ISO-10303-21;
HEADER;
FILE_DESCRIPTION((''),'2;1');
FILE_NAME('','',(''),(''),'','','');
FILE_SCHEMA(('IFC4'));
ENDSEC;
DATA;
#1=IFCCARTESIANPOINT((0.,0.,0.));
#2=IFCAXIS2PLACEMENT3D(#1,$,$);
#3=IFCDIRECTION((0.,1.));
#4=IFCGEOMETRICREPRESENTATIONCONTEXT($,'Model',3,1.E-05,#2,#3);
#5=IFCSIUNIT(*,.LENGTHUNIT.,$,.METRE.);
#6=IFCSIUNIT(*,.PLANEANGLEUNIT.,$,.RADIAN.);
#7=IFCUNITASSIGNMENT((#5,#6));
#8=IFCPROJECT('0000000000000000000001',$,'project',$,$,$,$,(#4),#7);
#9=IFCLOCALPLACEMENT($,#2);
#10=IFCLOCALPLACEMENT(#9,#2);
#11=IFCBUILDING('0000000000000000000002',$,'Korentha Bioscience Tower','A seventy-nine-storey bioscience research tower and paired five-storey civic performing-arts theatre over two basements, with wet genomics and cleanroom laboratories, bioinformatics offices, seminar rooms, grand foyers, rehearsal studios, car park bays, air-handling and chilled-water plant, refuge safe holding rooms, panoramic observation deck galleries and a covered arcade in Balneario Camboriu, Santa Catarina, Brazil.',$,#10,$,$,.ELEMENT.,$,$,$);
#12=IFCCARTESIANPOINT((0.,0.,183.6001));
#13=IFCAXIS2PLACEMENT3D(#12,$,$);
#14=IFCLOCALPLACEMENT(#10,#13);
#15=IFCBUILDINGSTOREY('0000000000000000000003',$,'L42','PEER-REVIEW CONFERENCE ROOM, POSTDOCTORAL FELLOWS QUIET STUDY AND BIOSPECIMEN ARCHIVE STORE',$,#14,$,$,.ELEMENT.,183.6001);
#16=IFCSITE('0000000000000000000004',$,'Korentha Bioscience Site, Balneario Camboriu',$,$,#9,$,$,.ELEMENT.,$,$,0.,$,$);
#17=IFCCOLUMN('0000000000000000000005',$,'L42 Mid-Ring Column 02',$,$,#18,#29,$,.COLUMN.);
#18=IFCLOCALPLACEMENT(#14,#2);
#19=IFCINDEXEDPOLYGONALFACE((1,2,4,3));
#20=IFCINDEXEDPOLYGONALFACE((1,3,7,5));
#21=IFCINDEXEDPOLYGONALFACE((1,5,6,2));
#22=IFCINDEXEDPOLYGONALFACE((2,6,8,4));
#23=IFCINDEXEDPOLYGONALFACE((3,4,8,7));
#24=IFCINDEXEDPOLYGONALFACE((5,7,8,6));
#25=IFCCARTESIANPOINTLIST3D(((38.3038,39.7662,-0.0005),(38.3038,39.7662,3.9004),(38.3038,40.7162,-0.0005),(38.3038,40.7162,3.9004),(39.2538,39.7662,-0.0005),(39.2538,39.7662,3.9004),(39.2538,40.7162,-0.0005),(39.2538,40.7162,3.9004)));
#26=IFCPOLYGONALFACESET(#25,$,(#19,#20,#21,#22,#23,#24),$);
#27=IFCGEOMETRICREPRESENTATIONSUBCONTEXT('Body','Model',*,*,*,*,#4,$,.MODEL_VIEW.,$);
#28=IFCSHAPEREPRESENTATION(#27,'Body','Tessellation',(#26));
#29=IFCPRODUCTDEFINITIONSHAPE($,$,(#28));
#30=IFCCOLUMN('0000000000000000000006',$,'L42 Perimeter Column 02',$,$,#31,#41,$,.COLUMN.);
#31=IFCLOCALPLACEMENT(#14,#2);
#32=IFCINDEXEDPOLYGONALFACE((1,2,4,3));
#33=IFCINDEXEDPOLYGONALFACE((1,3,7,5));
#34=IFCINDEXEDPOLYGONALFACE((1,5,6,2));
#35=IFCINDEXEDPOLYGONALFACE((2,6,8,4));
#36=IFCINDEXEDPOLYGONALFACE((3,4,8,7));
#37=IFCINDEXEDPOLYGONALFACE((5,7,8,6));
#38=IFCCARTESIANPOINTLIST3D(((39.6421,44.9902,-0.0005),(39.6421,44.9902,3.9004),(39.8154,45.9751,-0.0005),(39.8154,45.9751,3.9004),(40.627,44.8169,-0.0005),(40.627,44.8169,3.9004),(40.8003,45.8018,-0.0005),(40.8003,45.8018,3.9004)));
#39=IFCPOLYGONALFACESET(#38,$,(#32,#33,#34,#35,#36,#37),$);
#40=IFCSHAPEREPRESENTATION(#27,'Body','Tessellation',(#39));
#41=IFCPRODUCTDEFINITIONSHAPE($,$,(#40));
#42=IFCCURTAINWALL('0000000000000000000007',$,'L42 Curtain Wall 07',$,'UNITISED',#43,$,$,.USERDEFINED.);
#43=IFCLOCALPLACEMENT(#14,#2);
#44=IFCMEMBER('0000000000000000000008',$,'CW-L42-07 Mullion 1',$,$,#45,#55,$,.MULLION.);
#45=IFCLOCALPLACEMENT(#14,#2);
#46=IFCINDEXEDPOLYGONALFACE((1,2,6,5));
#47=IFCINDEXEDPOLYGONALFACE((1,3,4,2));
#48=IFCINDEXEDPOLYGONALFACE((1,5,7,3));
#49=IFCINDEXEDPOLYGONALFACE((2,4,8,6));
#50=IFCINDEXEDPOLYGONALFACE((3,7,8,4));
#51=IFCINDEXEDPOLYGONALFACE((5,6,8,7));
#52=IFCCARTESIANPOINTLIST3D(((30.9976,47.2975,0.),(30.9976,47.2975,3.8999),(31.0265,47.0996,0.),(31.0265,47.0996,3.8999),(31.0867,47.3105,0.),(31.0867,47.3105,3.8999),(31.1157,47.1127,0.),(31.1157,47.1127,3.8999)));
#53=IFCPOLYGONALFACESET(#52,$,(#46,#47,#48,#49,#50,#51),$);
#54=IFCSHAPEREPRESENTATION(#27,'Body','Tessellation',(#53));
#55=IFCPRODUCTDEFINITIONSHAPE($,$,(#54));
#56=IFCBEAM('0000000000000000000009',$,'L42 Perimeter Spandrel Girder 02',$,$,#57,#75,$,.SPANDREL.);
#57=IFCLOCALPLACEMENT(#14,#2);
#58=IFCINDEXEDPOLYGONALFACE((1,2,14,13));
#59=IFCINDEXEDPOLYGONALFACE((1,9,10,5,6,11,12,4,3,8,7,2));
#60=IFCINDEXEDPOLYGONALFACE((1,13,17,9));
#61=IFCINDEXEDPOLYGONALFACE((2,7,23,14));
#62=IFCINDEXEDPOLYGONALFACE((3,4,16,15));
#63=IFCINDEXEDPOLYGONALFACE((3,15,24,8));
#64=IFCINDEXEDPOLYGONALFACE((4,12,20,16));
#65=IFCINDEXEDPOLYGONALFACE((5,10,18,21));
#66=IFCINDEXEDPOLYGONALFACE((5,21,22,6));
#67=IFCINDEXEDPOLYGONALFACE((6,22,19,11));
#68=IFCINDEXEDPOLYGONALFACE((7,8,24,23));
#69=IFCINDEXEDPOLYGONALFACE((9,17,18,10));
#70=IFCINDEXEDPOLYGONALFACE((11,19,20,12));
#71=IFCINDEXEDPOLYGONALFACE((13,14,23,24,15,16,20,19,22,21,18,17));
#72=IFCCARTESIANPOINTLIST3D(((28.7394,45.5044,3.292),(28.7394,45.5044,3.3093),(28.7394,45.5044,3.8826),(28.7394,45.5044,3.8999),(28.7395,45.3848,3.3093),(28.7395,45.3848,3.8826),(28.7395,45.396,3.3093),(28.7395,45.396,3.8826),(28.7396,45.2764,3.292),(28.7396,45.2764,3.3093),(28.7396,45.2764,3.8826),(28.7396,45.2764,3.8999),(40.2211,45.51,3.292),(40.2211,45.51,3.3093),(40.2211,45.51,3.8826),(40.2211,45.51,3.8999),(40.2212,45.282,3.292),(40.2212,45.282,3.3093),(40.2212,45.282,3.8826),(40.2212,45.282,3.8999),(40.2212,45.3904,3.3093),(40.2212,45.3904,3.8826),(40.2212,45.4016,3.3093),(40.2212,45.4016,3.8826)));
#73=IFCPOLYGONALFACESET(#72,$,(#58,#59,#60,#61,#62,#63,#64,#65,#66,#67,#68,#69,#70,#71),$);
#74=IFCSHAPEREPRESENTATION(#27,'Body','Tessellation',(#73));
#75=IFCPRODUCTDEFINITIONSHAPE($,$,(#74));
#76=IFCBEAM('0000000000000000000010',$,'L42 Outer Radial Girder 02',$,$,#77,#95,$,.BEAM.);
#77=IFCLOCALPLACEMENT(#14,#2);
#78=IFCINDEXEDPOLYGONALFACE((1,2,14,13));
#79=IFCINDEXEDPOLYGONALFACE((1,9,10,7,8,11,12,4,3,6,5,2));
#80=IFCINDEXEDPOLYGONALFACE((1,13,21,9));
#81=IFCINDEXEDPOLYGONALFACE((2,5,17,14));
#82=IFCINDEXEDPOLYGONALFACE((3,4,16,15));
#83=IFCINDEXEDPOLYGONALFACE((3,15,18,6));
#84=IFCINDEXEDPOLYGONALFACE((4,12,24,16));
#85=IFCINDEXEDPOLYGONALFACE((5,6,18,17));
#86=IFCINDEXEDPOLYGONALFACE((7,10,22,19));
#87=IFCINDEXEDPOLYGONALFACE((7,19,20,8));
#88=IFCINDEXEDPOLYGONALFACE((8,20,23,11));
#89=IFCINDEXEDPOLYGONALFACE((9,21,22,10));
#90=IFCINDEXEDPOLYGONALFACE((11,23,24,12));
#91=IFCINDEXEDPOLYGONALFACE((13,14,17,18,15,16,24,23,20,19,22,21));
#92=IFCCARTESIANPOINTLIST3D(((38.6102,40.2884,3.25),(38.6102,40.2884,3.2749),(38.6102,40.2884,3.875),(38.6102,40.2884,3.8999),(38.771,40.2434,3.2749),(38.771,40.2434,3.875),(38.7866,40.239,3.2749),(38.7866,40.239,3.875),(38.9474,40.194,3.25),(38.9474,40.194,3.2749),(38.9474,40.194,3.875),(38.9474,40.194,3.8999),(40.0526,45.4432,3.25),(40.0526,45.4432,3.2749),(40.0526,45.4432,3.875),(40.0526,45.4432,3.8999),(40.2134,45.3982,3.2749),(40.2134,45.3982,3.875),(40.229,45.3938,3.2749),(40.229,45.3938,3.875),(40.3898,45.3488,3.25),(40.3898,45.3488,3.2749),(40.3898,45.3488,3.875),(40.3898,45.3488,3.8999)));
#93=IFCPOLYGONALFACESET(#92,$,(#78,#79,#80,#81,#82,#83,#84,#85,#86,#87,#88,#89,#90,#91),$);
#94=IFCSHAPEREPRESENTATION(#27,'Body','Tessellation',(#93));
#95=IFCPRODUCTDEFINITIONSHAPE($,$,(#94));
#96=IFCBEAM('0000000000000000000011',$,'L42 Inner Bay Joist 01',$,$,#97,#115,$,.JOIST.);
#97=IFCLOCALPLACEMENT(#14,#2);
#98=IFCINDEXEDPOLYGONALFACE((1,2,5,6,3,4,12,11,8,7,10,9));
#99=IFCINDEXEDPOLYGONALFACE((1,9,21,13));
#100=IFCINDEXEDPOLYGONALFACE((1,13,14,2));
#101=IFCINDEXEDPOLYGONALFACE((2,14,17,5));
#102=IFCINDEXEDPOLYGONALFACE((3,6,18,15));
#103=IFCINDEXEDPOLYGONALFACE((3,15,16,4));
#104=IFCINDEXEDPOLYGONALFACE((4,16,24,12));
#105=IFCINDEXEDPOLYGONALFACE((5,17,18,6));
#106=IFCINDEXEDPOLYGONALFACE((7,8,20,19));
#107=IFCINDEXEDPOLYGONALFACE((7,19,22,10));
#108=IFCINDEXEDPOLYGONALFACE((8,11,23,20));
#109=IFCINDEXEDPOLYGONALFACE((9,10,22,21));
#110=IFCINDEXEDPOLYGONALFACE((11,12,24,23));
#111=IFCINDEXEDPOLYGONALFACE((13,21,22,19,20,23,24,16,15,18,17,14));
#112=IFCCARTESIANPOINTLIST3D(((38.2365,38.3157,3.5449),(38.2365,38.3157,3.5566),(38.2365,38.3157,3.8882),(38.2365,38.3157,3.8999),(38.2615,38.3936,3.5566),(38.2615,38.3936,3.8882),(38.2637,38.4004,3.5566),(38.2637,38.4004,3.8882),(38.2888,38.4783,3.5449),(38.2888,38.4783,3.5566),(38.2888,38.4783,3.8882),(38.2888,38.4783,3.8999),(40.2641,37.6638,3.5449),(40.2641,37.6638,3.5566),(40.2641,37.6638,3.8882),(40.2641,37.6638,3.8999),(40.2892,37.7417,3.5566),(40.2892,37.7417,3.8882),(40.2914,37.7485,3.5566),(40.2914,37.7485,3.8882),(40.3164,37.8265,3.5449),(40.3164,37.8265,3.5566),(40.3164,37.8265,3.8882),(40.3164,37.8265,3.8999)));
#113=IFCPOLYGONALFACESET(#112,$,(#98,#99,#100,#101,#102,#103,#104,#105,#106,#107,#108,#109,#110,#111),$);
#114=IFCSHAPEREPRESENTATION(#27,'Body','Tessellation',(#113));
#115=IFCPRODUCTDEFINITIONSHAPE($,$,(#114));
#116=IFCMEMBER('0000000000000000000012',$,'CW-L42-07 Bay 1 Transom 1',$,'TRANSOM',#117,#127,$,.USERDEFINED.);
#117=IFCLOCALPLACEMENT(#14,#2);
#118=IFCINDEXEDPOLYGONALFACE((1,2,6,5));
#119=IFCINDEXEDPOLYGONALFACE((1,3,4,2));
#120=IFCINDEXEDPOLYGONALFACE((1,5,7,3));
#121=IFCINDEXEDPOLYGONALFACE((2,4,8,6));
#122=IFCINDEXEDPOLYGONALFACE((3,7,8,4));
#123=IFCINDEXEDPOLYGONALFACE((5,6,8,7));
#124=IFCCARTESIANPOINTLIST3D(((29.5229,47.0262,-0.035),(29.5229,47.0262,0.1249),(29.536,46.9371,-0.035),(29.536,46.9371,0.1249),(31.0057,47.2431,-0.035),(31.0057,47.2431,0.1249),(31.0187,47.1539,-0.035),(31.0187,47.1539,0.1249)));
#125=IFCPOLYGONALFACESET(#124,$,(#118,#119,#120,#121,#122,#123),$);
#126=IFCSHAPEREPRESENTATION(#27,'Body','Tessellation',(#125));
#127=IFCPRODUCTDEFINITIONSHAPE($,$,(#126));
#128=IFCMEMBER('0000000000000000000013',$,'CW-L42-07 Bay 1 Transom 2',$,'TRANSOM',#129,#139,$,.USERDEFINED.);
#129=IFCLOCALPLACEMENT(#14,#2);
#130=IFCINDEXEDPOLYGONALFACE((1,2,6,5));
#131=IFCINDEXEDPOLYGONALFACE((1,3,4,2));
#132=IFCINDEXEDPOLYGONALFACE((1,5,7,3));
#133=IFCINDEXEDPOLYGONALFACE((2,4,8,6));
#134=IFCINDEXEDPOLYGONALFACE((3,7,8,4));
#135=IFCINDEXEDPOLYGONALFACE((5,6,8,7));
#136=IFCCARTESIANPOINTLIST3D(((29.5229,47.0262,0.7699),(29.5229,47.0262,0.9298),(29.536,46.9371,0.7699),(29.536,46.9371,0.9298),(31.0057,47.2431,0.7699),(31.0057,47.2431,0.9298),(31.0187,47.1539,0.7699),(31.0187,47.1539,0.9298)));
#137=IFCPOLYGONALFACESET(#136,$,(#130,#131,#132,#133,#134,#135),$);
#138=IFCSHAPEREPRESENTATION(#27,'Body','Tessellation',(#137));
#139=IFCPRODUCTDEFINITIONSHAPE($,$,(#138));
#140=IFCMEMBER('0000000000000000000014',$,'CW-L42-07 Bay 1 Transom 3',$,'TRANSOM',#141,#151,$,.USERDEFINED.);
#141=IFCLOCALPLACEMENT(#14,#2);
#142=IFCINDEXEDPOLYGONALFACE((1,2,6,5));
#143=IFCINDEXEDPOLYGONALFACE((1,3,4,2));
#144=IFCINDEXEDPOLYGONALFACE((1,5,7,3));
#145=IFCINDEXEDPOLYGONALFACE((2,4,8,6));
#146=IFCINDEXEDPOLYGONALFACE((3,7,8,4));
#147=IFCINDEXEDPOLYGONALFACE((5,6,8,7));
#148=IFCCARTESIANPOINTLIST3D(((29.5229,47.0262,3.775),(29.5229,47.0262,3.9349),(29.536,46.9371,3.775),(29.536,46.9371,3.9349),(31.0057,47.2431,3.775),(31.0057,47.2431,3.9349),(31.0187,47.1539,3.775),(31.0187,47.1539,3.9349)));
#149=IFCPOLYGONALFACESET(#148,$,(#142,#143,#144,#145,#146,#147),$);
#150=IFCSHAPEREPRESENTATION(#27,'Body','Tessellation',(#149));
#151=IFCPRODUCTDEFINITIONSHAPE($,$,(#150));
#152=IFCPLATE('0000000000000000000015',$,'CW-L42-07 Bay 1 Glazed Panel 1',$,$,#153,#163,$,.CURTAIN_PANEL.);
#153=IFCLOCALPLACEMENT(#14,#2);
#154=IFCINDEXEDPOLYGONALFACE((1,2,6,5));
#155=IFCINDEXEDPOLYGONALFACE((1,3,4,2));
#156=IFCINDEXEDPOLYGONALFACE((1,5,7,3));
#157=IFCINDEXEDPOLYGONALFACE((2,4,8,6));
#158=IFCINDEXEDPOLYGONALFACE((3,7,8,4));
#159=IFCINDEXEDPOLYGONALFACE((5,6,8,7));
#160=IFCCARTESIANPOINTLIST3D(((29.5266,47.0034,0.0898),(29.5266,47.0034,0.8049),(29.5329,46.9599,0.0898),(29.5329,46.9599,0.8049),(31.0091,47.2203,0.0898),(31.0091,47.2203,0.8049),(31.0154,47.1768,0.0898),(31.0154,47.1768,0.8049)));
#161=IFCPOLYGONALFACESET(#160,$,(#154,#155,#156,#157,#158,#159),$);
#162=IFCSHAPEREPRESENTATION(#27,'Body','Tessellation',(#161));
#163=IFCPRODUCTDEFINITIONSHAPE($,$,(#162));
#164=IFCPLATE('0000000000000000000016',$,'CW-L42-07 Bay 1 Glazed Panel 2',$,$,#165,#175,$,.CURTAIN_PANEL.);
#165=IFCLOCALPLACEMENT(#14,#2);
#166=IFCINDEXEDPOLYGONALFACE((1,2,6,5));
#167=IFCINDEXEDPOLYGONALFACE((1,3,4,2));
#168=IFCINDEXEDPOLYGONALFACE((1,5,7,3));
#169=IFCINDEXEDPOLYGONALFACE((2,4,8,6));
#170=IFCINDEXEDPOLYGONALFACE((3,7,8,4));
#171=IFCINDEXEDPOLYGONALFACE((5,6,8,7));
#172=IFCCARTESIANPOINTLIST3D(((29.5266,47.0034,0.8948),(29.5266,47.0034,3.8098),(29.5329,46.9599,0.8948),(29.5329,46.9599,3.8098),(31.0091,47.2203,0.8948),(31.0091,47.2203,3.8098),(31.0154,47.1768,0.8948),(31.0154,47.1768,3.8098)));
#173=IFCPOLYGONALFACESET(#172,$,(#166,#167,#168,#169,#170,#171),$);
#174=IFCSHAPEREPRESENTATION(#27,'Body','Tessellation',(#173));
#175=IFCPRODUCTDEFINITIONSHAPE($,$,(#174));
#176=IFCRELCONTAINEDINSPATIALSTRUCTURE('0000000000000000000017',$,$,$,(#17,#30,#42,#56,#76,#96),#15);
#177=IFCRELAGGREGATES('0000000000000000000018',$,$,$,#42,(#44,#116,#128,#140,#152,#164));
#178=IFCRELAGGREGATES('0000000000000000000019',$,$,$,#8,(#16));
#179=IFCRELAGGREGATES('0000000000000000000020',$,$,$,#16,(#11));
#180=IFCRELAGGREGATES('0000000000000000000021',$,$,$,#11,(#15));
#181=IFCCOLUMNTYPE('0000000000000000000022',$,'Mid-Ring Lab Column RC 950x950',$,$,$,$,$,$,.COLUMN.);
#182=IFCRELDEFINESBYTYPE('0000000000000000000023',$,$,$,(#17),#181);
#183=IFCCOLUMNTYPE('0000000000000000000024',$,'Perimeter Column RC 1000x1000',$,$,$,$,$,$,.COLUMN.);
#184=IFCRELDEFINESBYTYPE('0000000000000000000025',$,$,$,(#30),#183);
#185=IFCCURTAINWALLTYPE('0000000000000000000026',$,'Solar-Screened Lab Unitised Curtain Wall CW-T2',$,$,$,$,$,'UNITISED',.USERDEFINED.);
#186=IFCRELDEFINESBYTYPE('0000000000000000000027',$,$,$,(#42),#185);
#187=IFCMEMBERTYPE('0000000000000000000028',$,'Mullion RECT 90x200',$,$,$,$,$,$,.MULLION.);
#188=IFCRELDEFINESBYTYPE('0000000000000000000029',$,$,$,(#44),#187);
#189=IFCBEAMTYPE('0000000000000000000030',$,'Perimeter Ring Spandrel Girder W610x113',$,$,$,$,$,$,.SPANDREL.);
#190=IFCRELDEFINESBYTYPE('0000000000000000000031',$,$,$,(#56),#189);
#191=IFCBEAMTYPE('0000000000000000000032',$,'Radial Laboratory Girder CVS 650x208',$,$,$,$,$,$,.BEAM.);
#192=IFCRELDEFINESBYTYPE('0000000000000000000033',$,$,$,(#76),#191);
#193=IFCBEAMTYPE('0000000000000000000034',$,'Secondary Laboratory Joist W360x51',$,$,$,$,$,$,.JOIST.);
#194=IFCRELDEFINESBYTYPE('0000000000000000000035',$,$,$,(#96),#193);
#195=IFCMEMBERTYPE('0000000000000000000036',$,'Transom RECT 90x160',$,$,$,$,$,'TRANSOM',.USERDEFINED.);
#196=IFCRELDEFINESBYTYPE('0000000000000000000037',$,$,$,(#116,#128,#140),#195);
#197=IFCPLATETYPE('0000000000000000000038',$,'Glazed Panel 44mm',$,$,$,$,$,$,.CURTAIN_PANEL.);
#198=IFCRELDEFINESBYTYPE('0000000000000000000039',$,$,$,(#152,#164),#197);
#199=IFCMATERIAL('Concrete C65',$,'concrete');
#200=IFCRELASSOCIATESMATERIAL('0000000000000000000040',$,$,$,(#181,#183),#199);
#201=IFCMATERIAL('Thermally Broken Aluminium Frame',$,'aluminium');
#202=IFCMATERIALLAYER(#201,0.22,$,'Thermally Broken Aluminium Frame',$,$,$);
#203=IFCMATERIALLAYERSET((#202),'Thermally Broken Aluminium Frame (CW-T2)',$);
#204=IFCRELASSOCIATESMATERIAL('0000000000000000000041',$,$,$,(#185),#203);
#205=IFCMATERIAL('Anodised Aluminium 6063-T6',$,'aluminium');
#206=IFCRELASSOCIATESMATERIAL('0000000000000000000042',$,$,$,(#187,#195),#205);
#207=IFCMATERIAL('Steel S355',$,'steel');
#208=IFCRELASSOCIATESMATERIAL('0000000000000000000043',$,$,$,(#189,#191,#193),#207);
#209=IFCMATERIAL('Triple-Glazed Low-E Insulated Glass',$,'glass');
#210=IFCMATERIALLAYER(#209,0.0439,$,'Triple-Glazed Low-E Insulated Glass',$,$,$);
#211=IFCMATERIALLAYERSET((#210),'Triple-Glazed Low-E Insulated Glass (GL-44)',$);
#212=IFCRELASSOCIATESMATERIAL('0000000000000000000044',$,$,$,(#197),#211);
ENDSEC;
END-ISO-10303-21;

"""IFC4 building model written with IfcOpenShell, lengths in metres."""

from ifc_helpers import new_model, si_unit, direction, frame, origin, origin_2d, place, context, subcontext, project, spatial, rectangle, i_section, extrude, material, layer, layer_set, material_profile, profile_set, type_object, element, aggregate, save


model = new_model("IFC4")

# Units and contexts
model_context = context("Model", 3, precision=1e-05, world=origin(), true_north=direction((0.0, 1.0)))
body_context = subcontext(model_context, "Body", "Model", "MODEL_VIEW")
ifc_project = project(units=[si_unit("LENGTHUNIT", "METRE"), si_unit("PLANEANGLEUNIT", "RADIAN")], contexts=[model_context])

# Site, building, storey
site_placement = place(None, origin())
site = spatial("IfcSite", under=ifc_project, at=site_placement, Name="Korentha Bioscience Site, Balneario Camboriu", CompositionType="ELEMENT", RefElevation=0.0)
building_placement = place(site_placement, origin())
building = spatial("IfcBuilding", under=site, at=building_placement, Name="Korentha Bioscience Tower", Description="A seventy-nine-storey bioscience research tower and paired five-storey civic performing-arts theatre over two basements, with wet genomics and cleanroom laboratories, bioinformatics offices, seminar rooms, grand foyers, rehearsal studios, car park bays, air-handling and chilled-water plant, refuge safe holding rooms, panoramic observation deck galleries and a covered arcade in Balneario Camboriu, Santa Catarina, Brazil.", CompositionType="ELEMENT")
storey_placement = place(building_placement, frame((0.0, 0.0, 183.6001)))
storey = spatial("IfcBuildingStorey", under=building, at=storey_placement, Name="L42", Description="PEER-REVIEW CONFERENCE ROOM, POSTDOCTORAL FELLOWS QUIET STUDY AND BIOSPECIMEN ARCHIVE STORE", CompositionType="ELEMENT", Elevation=183.6001)

# Columns
ifc_material_1 = material(Name="Concrete C65", Category="concrete")
ifc_material_profile_1 = material_profile(ifc_material_1, rectangle(XDim=0.95, YDim=0.95, at=origin_2d()), Name="Concrete C65")
ifc_profile_set_1 = profile_set([ifc_material_profile_1], Name="Concrete C65 (COL-MR09)")
column_type_1 = type_object("IfcColumnType", Name="Mid-Ring Lab Column RC 950x950", PredefinedType="COLUMN", material=ifc_profile_set_1)
column_1_placement = place(storey_placement, frame((38.7788, 40.2412, -0.0005), z_axis=(0.0, 0.0, 1.0), x_axis=(1.0, 0.0, 0.0)))
element("IfcColumn", 1, at=column_1_placement, inside=storey, type_object=column_type_1, Name="L42 Mid-Ring Column 02", PredefinedType="COLUMN", context=body_context, shape_type="SweptSolid", body=[
    extrude(rectangle(XDim=0.95, YDim=0.95, at=origin_2d()), origin(), (0.0, 0.0, 1.0), 3.9009),
])
ifc_material_profile_2 = material_profile(ifc_material_1, rectangle(XDim=1.0, YDim=1.0, at=origin_2d()), Name="Concrete C65")
ifc_profile_set_2 = profile_set([ifc_material_profile_2], Name="Concrete C65 (COL-P10)")
column_type_2 = type_object("IfcColumnType", Name="Perimeter Column RC 1000x1000", PredefinedType="COLUMN", material=ifc_profile_set_2)
column_2_placement = place(storey_placement, frame((40.2212, 45.396, -0.0005), z_axis=(0.0, 0.0, 1.0), x_axis=(-0.984868, 0.173304, 0.0)))
element("IfcColumn", 2, at=column_2_placement, inside=storey, type_object=column_type_2, Name="L42 Perimeter Column 02", PredefinedType="COLUMN", context=body_context, shape_type="SweptSolid", body=[
    extrude(rectangle(XDim=1.0, YDim=1.0, at=origin_2d()), origin(), (0.0, 0.0, 1.0), 3.9009),
])

# Curtain wall, member
ifc_material_2 = material(Name="Thermally Broken Aluminium Frame", Category="aluminium")
ifc_layer_1 = layer(ifc_material_2, 0.22, Name="Thermally Broken Aluminium Frame")
ifc_layer_set_1 = layer_set([ifc_layer_1], Name="Thermally Broken Aluminium Frame (CW-T2)")
curtain_wall_type = type_object("IfcCurtainWallType", Name="Solar-Screened Lab Unitised Curtain Wall CW-T2", ElementType="UNITISED", PredefinedType="USERDEFINED", material=ifc_layer_set_1)
curtain_wall_placement = place(storey_placement, origin())
curtain_wall = element("IfcCurtainWall", 3, at=curtain_wall_placement, inside=storey, type_object=curtain_wall_type, Name="L42 Curtain Wall 07", ObjectType="UNITISED", PredefinedType="USERDEFINED")
ifc_material_3 = material(Name="Anodised Aluminium 6063-T6", Category="aluminium")
ifc_material_profile_3 = material_profile(ifc_material_3, rectangle(XDim=0.0901, YDim=0.2, at=origin_2d()), Name="Anodised Aluminium 6063-T6")
ifc_profile_set_3 = profile_set([ifc_material_profile_3], Name="Anodised Aluminium 6063-T6 (CW-MUL)")
member_type_1 = type_object("IfcMemberType", Name="Mullion RECT 90x200", PredefinedType="MULLION", material=ifc_profile_set_3)
member_1_placement = place(storey_placement, frame((31.0566, 47.2051, 0.0), z_axis=(0.0, 0.0, 1.0), x_axis=(-0.989462, -0.144793, 0.0)))
member_1 = element("IfcMember", 4, at=member_1_placement, type_object=member_type_1, Name="CW-L42-07 Mullion 1", PredefinedType="MULLION", context=body_context, shape_type="SweptSolid", body=[
    extrude(rectangle(XDim=0.0901, YDim=0.2, at=origin_2d()), origin(), (0.0, 0.0, 1.0), 3.8999),
])

# Beams
ifc_material_4 = material(Name="Steel S355", Category="steel")
ifc_material_profile_4 = material_profile(ifc_material_4, i_section(OverallWidth=0.228, OverallDepth=0.6079, WebThickness=0.0112, FlangeThickness=0.0173, at=origin_2d()), Name="Steel S355")
ifc_profile_set_4 = profile_set([ifc_material_profile_4], Name="Steel S355 (SB-610)")
beam_type_1 = type_object("IfcBeamType", Name="Perimeter Ring Spandrel Girder W610x113", PredefinedType="SPANDREL", material=ifc_profile_set_4)
beam_1_placement = place(storey_placement, frame((40.2212, 45.396, 3.5959), z_axis=(-1.0, -0.000489, 0.0), x_axis=(0.000489, -1.0, 0.0)))
element("IfcBeam", 5, at=beam_1_placement, inside=storey, type_object=beam_type_1, Name="L42 Perimeter Spandrel Girder 02", PredefinedType="SPANDREL", context=body_context, shape_type="SweptSolid", body=[
    extrude(i_section(OverallWidth=0.228, OverallDepth=0.6079, WebThickness=0.0112, FlangeThickness=0.0173, at=origin_2d()), origin(), (0.0, 0.0, 1.0), 11.4817),
])
ifc_material_profile_5 = material_profile(ifc_material_4, i_section(OverallWidth=0.3501, OverallDepth=0.6499, WebThickness=0.0161, FlangeThickness=0.0249, at=origin_2d()), Name="Steel S355")
ifc_profile_set_5 = profile_set([ifc_material_profile_5], Name="Steel S355 (RB-650)")
beam_type_2 = type_object("IfcBeamType", Name="Radial Laboratory Girder CVS 650x208", PredefinedType="BEAM", material=ifc_profile_set_5)
beam_2_placement = place(storey_placement, frame((38.7788, 40.2412, 3.575), z_axis=(0.269464, 0.96301, 0.0), x_axis=(-0.96301, 0.269464, 0.0)))
element("IfcBeam", 6, at=beam_2_placement, inside=storey, type_object=beam_type_2, Name="L42 Outer Radial Girder 02", PredefinedType="BEAM", context=body_context, shape_type="SweptSolid", body=[
    extrude(i_section(OverallWidth=0.3501, OverallDepth=0.6499, WebThickness=0.0161, FlangeThickness=0.0249, at=origin_2d()), origin(), (0.0, 0.0, 1.0), 5.3528),
])
ifc_material_profile_6 = material_profile(ifc_material_4, i_section(OverallWidth=0.1709, OverallDepth=0.355, WebThickness=0.0071, FlangeThickness=0.0117, at=origin_2d()), Name="Steel S355")
ifc_profile_set_6 = profile_set([ifc_material_profile_6], Name="Steel S355 (JB-360)")
beam_type_3 = type_object("IfcBeamType", Name="Secondary Laboratory Joist W360x51", PredefinedType="JOIST", material=ifc_profile_set_6)
beam_3_placement = place(storey_placement, frame((40.2903, 37.7451, 3.7224), z_axis=(-0.952011, 0.306065, 0.0), x_axis=(-0.306065, -0.952011, 0.0)))
element("IfcBeam", 7, at=beam_3_placement, inside=storey, type_object=beam_type_3, Name="L42 Inner Bay Joist 01", PredefinedType="JOIST", context=body_context, shape_type="SweptSolid", body=[
    extrude(i_section(OverallWidth=0.1709, OverallDepth=0.355, WebThickness=0.0071, FlangeThickness=0.0117, at=origin_2d()), origin(), (0.0, 0.0, 1.0), 2.1299),
])

# Members
ifc_material_profile_7 = material_profile(ifc_material_3, rectangle(XDim=0.0901, YDim=0.1599, at=origin_2d()), Name="Anodised Aluminium 6063-T6")
ifc_profile_set_7 = profile_set([ifc_material_profile_7], Name="Anodised Aluminium 6063-T6 (CW-TRN)")
member_type_2 = type_object("IfcMemberType", Name="Transom RECT 90x160", ElementType="TRANSOM", PredefinedType="USERDEFINED", material=ifc_profile_set_7)
member_2_placement = place(storey_placement, frame((31.0122, 47.1985, 0.0449), z_axis=(-0.989478, -0.144682, 0.0), x_axis=(0.144682, -0.989478, 0.0)))
member_2 = element("IfcMember", 8, at=member_2_placement, type_object=member_type_2, Name="CW-L42-07 Bay 1 Transom 1", ObjectType="TRANSOM", PredefinedType="USERDEFINED", context=body_context, shape_type="SweptSolid", body=[
    extrude(rectangle(XDim=0.0901, YDim=0.1599, at=origin_2d()), origin(), (0.0, 0.0, 1.0), 1.4985),
])
member_3_placement = place(storey_placement, frame((31.0122, 47.1985, 0.8499), z_axis=(-0.989478, -0.144682, 0.0), x_axis=(0.144682, -0.989478, 0.0)))
member_3 = element("IfcMember", 9, at=member_3_placement, type_object=member_type_2, Name="CW-L42-07 Bay 1 Transom 2", ObjectType="TRANSOM", PredefinedType="USERDEFINED", context=body_context, shape_type="SweptSolid", body=[
    extrude(rectangle(XDim=0.0901, YDim=0.1599, at=origin_2d()), origin(), (0.0, 0.0, 1.0), 1.4985),
])
member_4_placement = place(storey_placement, frame((31.0122, 47.1985, 3.855), z_axis=(-0.989478, -0.144682, 0.0), x_axis=(0.144682, -0.989478, 0.0)))
member_4 = element("IfcMember", 10, at=member_4_placement, type_object=member_type_2, Name="CW-L42-07 Bay 1 Transom 3", ObjectType="TRANSOM", PredefinedType="USERDEFINED", context=body_context, shape_type="SweptSolid", body=[
    extrude(rectangle(XDim=0.0901, YDim=0.1599, at=origin_2d()), origin(), (0.0, 0.0, 1.0), 1.4985),
])

# Plates
ifc_material_5 = material(Name="Triple-Glazed Low-E Insulated Glass", Category="glass")
ifc_layer_2 = layer(ifc_material_5, 0.0439, Name="Triple-Glazed Low-E Insulated Glass")
ifc_layer_set_2 = layer_set([ifc_layer_2], Name="Triple-Glazed Low-E Insulated Glass (GL-44)")
plate_type = type_object("IfcPlateType", Name="Glazed Panel 44mm", PredefinedType="CURTAIN_PANEL", material=ifc_layer_set_2)
plate_1_placement = place(storey_placement, frame((30.271, 47.0901, 0.0898), z_axis=(0.0, 0.0, 1.0), x_axis=(-0.989462, -0.144793, 0.0)))
plate_1 = element("IfcPlate", 11, at=plate_1_placement, type_object=plate_type, Name="CW-L42-07 Bay 1 Glazed Panel 1", PredefinedType="CURTAIN_PANEL", context=body_context, shape_type="SweptSolid", body=[
    extrude(rectangle(XDim=1.4983, YDim=0.0439, at=origin_2d()), origin(), (0.0, 0.0, 1.0), 0.7151),
])
plate_2_placement = place(storey_placement, frame((30.271, 47.0901, 0.8948), z_axis=(0.0, 0.0, 1.0), x_axis=(-0.989462, -0.144793, 0.0)))
plate_2 = element("IfcPlate", 12, at=plate_2_placement, type_object=plate_type, Name="CW-L42-07 Bay 1 Glazed Panel 2", PredefinedType="CURTAIN_PANEL", context=body_context, shape_type="SweptSolid", body=[
    extrude(rectangle(XDim=1.4983, YDim=0.0439, at=origin_2d()), origin(), (0.0, 0.0, 1.0), 2.915),
])
aggregate(curtain_wall, [member_1, member_2, member_3, member_4, plate_1, plate_2])

save(model, "model.ifc")
